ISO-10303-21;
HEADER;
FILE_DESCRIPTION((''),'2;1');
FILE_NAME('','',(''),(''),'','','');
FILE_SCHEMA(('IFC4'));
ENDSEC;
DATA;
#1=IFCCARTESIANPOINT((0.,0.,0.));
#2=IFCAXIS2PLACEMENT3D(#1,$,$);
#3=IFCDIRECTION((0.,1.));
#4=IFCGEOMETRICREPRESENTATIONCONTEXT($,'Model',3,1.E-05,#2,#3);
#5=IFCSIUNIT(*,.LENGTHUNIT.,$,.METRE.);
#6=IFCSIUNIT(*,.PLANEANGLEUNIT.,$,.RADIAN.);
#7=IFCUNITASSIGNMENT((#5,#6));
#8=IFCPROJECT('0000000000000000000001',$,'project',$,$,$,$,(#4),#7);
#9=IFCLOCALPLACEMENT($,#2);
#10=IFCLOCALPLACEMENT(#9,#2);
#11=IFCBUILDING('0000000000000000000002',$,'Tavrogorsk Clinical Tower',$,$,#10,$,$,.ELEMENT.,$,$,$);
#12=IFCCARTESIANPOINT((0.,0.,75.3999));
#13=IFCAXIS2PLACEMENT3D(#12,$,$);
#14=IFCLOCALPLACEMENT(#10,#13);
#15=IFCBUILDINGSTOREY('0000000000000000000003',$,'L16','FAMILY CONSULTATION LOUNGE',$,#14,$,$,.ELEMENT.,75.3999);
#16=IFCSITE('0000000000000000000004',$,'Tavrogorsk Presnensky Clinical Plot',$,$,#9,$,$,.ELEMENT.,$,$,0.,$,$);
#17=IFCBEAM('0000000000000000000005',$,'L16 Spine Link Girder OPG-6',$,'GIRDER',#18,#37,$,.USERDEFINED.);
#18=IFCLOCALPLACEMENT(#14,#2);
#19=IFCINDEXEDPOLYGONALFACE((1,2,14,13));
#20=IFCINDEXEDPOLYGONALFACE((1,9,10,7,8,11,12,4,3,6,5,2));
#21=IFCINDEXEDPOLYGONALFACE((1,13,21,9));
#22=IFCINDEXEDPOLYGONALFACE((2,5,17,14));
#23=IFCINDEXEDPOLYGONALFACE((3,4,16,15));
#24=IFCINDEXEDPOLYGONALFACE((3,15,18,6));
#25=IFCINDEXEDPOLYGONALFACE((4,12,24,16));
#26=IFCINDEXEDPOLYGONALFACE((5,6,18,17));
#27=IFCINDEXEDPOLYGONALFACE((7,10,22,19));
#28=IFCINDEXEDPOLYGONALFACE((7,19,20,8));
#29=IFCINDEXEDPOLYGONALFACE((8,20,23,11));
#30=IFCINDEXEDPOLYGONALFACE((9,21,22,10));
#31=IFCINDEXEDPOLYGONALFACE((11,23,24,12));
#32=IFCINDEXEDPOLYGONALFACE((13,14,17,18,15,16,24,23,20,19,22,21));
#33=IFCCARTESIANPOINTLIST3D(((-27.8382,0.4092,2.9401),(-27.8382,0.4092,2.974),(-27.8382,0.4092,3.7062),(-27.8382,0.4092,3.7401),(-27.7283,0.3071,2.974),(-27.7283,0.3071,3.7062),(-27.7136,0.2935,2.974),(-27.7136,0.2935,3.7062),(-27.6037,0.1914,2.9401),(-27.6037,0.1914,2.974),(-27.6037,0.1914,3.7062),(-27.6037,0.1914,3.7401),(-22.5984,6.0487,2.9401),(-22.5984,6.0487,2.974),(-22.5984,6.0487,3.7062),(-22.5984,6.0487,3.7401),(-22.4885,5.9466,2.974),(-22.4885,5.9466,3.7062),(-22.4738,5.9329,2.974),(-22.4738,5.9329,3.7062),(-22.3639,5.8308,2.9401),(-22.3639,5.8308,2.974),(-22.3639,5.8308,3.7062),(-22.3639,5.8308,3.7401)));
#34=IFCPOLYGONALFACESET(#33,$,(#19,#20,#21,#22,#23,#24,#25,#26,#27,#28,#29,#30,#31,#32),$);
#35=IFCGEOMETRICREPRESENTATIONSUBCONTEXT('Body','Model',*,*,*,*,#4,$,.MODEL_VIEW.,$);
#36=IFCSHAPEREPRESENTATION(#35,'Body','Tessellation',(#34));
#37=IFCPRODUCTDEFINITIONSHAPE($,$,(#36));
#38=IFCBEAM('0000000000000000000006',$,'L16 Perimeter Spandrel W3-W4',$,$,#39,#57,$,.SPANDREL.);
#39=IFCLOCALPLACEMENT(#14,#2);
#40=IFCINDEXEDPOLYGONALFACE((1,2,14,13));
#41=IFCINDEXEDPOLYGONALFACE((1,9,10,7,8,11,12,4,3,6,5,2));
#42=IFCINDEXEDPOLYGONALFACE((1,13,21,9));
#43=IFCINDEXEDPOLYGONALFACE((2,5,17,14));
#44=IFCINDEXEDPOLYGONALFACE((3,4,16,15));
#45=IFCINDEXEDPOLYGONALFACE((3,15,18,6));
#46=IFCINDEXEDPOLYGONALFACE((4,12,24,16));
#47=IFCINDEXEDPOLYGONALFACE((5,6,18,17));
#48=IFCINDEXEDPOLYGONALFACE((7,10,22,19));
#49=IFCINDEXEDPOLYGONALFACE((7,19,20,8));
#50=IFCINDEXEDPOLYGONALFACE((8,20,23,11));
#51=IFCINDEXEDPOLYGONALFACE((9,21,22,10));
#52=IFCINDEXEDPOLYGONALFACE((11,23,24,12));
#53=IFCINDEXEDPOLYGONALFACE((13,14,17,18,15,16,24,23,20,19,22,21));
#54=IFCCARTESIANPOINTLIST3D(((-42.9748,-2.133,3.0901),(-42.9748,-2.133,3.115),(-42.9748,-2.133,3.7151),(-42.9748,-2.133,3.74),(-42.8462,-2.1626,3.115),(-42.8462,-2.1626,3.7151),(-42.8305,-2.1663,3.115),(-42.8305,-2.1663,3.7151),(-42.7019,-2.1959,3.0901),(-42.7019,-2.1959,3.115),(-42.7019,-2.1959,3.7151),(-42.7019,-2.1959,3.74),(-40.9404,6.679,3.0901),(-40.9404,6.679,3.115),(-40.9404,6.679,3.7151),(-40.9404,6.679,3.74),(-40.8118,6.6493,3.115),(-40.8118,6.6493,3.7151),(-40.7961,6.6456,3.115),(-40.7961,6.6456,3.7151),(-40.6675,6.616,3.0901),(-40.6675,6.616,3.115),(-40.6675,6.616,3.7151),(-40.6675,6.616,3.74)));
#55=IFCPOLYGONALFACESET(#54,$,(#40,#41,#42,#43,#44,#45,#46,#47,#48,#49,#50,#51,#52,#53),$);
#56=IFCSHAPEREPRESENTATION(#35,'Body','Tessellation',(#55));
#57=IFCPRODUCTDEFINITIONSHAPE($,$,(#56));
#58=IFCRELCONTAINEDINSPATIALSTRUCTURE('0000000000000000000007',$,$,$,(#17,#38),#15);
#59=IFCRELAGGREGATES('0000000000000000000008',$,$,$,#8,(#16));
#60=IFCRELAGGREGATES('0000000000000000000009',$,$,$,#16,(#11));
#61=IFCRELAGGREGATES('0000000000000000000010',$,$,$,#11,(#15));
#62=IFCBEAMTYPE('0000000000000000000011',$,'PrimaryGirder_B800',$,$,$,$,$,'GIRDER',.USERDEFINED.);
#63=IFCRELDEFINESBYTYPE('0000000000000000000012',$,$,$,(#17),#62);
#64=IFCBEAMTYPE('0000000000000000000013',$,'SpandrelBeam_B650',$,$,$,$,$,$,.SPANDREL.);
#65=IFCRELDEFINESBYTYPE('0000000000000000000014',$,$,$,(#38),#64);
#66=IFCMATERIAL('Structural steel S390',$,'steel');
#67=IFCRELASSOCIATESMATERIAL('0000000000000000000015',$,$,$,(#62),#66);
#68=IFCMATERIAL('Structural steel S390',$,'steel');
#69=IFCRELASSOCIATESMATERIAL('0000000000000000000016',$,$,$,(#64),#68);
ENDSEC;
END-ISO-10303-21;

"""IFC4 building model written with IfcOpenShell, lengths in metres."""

from ifc_helpers import new_model, si_unit, direction, frame, origin, origin_2d, place, context, subcontext, project, spatial, i_section, extrude, material, material_profile, profile_set, type_object, element, save


model = new_model("IFC4")

# Units and contexts
model_context = context("Model", 3, precision=1e-05, world=origin(), true_north=direction((0.0, 1.0)))
body_context = subcontext(model_context, "Body", "Model", "MODEL_VIEW")
ifc_project = project(units=[si_unit("LENGTHUNIT", "METRE"), si_unit("PLANEANGLEUNIT", "RADIAN")], contexts=[model_context])

# Site, building, storey
site_placement = place(None, origin())
site = spatial("IfcSite", under=ifc_project, at=site_placement, Name="Tavrogorsk Presnensky Clinical Plot", CompositionType="ELEMENT", RefElevation=0.0)
building_placement = place(site_placement, origin())
building = spatial("IfcBuilding", under=site, at=building_placement, Name="Tavrogorsk Clinical Tower", CompositionType="ELEMENT")
storey_placement = place(building_placement, frame((0.0, 0.0, 75.3999)))
storey = spatial("IfcBuildingStorey", under=building, at=storey_placement, Name="L16", Description="FAMILY CONSULTATION LOUNGE", CompositionType="ELEMENT", Elevation=75.3999)

# Beams
ifc_material_1 = material(Name="Structural steel S390", Category="steel")
ifc_material_profile_1 = material_profile(ifc_material_1, i_section(OverallWidth=0.3201, OverallDepth=0.8, WebThickness=0.02, FlangeThickness=0.0339, at=origin_2d()), Name="B-800x320x20x34")
ifc_profile_set_1 = profile_set([ifc_material_profile_1], Name="Structural steel S390")
beam_type_1 = type_object("IfcBeamType", Name="PrimaryGirder_B800", ElementType="GIRDER", PredefinedType="USERDEFINED", material=ifc_profile_set_1)
for number, where, z_axis, x_axis, name in (
    (1, (-27.7209, 0.3003, 3.3401), (0.680671, 0.732589, 0.0), (-0.732589, 0.680671, 0.0), "L16 Spine Link Girder OPG-6"),
):
    element("IfcBeam", number, at=place(storey_placement, frame(where, z_axis=z_axis, x_axis=x_axis)), inside=storey, type_object=beam_type_1, Name=name, ObjectType="GIRDER", PredefinedType="USERDEFINED", context=body_context, shape_type="SweptSolid", body=[
        extrude(i_section(OverallWidth=0.3201, OverallDepth=0.8, WebThickness=0.02, FlangeThickness=0.0339, at=origin_2d()), origin(), (0.0, 0.0, 1.0), 7.698),
    ])
ifc_material_2 = material(Name="Structural steel S390", Category="steel")
ifc_material_profile_2 = material_profile(ifc_material_2, i_section(OverallWidth=0.28, OverallDepth=0.6499, WebThickness=0.0161, FlangeThickness=0.0249, at=origin_2d()), Name="B-650x280x16x25")
ifc_profile_set_2 = profile_set([ifc_material_profile_2], Name="Structural steel S390")
beam_type_2 = type_object("IfcBeamType", Name="SpandrelBeam_B650", PredefinedType="SPANDREL", material=ifc_profile_set_2)
beam_1_placement = place(storey_placement, frame((-40.804, 6.6475, 3.415), z_axis=(-0.224952, -0.97437, 0.0), x_axis=(0.97437, -0.224952, 0.0)))
element("IfcBeam", 2, at=beam_1_placement, inside=storey, type_object=beam_type_2, Name="L16 Perimeter Spandrel W3-W4", PredefinedType="SPANDREL", context=body_context, shape_type="SweptSolid", body=[
    extrude(i_section(OverallWidth=0.28, OverallDepth=0.6499, WebThickness=0.0161, FlangeThickness=0.0249, at=origin_2d()), origin(), (0.0, 0.0, 1.0), 9.0437),
])

save(model, "model.ifc")
